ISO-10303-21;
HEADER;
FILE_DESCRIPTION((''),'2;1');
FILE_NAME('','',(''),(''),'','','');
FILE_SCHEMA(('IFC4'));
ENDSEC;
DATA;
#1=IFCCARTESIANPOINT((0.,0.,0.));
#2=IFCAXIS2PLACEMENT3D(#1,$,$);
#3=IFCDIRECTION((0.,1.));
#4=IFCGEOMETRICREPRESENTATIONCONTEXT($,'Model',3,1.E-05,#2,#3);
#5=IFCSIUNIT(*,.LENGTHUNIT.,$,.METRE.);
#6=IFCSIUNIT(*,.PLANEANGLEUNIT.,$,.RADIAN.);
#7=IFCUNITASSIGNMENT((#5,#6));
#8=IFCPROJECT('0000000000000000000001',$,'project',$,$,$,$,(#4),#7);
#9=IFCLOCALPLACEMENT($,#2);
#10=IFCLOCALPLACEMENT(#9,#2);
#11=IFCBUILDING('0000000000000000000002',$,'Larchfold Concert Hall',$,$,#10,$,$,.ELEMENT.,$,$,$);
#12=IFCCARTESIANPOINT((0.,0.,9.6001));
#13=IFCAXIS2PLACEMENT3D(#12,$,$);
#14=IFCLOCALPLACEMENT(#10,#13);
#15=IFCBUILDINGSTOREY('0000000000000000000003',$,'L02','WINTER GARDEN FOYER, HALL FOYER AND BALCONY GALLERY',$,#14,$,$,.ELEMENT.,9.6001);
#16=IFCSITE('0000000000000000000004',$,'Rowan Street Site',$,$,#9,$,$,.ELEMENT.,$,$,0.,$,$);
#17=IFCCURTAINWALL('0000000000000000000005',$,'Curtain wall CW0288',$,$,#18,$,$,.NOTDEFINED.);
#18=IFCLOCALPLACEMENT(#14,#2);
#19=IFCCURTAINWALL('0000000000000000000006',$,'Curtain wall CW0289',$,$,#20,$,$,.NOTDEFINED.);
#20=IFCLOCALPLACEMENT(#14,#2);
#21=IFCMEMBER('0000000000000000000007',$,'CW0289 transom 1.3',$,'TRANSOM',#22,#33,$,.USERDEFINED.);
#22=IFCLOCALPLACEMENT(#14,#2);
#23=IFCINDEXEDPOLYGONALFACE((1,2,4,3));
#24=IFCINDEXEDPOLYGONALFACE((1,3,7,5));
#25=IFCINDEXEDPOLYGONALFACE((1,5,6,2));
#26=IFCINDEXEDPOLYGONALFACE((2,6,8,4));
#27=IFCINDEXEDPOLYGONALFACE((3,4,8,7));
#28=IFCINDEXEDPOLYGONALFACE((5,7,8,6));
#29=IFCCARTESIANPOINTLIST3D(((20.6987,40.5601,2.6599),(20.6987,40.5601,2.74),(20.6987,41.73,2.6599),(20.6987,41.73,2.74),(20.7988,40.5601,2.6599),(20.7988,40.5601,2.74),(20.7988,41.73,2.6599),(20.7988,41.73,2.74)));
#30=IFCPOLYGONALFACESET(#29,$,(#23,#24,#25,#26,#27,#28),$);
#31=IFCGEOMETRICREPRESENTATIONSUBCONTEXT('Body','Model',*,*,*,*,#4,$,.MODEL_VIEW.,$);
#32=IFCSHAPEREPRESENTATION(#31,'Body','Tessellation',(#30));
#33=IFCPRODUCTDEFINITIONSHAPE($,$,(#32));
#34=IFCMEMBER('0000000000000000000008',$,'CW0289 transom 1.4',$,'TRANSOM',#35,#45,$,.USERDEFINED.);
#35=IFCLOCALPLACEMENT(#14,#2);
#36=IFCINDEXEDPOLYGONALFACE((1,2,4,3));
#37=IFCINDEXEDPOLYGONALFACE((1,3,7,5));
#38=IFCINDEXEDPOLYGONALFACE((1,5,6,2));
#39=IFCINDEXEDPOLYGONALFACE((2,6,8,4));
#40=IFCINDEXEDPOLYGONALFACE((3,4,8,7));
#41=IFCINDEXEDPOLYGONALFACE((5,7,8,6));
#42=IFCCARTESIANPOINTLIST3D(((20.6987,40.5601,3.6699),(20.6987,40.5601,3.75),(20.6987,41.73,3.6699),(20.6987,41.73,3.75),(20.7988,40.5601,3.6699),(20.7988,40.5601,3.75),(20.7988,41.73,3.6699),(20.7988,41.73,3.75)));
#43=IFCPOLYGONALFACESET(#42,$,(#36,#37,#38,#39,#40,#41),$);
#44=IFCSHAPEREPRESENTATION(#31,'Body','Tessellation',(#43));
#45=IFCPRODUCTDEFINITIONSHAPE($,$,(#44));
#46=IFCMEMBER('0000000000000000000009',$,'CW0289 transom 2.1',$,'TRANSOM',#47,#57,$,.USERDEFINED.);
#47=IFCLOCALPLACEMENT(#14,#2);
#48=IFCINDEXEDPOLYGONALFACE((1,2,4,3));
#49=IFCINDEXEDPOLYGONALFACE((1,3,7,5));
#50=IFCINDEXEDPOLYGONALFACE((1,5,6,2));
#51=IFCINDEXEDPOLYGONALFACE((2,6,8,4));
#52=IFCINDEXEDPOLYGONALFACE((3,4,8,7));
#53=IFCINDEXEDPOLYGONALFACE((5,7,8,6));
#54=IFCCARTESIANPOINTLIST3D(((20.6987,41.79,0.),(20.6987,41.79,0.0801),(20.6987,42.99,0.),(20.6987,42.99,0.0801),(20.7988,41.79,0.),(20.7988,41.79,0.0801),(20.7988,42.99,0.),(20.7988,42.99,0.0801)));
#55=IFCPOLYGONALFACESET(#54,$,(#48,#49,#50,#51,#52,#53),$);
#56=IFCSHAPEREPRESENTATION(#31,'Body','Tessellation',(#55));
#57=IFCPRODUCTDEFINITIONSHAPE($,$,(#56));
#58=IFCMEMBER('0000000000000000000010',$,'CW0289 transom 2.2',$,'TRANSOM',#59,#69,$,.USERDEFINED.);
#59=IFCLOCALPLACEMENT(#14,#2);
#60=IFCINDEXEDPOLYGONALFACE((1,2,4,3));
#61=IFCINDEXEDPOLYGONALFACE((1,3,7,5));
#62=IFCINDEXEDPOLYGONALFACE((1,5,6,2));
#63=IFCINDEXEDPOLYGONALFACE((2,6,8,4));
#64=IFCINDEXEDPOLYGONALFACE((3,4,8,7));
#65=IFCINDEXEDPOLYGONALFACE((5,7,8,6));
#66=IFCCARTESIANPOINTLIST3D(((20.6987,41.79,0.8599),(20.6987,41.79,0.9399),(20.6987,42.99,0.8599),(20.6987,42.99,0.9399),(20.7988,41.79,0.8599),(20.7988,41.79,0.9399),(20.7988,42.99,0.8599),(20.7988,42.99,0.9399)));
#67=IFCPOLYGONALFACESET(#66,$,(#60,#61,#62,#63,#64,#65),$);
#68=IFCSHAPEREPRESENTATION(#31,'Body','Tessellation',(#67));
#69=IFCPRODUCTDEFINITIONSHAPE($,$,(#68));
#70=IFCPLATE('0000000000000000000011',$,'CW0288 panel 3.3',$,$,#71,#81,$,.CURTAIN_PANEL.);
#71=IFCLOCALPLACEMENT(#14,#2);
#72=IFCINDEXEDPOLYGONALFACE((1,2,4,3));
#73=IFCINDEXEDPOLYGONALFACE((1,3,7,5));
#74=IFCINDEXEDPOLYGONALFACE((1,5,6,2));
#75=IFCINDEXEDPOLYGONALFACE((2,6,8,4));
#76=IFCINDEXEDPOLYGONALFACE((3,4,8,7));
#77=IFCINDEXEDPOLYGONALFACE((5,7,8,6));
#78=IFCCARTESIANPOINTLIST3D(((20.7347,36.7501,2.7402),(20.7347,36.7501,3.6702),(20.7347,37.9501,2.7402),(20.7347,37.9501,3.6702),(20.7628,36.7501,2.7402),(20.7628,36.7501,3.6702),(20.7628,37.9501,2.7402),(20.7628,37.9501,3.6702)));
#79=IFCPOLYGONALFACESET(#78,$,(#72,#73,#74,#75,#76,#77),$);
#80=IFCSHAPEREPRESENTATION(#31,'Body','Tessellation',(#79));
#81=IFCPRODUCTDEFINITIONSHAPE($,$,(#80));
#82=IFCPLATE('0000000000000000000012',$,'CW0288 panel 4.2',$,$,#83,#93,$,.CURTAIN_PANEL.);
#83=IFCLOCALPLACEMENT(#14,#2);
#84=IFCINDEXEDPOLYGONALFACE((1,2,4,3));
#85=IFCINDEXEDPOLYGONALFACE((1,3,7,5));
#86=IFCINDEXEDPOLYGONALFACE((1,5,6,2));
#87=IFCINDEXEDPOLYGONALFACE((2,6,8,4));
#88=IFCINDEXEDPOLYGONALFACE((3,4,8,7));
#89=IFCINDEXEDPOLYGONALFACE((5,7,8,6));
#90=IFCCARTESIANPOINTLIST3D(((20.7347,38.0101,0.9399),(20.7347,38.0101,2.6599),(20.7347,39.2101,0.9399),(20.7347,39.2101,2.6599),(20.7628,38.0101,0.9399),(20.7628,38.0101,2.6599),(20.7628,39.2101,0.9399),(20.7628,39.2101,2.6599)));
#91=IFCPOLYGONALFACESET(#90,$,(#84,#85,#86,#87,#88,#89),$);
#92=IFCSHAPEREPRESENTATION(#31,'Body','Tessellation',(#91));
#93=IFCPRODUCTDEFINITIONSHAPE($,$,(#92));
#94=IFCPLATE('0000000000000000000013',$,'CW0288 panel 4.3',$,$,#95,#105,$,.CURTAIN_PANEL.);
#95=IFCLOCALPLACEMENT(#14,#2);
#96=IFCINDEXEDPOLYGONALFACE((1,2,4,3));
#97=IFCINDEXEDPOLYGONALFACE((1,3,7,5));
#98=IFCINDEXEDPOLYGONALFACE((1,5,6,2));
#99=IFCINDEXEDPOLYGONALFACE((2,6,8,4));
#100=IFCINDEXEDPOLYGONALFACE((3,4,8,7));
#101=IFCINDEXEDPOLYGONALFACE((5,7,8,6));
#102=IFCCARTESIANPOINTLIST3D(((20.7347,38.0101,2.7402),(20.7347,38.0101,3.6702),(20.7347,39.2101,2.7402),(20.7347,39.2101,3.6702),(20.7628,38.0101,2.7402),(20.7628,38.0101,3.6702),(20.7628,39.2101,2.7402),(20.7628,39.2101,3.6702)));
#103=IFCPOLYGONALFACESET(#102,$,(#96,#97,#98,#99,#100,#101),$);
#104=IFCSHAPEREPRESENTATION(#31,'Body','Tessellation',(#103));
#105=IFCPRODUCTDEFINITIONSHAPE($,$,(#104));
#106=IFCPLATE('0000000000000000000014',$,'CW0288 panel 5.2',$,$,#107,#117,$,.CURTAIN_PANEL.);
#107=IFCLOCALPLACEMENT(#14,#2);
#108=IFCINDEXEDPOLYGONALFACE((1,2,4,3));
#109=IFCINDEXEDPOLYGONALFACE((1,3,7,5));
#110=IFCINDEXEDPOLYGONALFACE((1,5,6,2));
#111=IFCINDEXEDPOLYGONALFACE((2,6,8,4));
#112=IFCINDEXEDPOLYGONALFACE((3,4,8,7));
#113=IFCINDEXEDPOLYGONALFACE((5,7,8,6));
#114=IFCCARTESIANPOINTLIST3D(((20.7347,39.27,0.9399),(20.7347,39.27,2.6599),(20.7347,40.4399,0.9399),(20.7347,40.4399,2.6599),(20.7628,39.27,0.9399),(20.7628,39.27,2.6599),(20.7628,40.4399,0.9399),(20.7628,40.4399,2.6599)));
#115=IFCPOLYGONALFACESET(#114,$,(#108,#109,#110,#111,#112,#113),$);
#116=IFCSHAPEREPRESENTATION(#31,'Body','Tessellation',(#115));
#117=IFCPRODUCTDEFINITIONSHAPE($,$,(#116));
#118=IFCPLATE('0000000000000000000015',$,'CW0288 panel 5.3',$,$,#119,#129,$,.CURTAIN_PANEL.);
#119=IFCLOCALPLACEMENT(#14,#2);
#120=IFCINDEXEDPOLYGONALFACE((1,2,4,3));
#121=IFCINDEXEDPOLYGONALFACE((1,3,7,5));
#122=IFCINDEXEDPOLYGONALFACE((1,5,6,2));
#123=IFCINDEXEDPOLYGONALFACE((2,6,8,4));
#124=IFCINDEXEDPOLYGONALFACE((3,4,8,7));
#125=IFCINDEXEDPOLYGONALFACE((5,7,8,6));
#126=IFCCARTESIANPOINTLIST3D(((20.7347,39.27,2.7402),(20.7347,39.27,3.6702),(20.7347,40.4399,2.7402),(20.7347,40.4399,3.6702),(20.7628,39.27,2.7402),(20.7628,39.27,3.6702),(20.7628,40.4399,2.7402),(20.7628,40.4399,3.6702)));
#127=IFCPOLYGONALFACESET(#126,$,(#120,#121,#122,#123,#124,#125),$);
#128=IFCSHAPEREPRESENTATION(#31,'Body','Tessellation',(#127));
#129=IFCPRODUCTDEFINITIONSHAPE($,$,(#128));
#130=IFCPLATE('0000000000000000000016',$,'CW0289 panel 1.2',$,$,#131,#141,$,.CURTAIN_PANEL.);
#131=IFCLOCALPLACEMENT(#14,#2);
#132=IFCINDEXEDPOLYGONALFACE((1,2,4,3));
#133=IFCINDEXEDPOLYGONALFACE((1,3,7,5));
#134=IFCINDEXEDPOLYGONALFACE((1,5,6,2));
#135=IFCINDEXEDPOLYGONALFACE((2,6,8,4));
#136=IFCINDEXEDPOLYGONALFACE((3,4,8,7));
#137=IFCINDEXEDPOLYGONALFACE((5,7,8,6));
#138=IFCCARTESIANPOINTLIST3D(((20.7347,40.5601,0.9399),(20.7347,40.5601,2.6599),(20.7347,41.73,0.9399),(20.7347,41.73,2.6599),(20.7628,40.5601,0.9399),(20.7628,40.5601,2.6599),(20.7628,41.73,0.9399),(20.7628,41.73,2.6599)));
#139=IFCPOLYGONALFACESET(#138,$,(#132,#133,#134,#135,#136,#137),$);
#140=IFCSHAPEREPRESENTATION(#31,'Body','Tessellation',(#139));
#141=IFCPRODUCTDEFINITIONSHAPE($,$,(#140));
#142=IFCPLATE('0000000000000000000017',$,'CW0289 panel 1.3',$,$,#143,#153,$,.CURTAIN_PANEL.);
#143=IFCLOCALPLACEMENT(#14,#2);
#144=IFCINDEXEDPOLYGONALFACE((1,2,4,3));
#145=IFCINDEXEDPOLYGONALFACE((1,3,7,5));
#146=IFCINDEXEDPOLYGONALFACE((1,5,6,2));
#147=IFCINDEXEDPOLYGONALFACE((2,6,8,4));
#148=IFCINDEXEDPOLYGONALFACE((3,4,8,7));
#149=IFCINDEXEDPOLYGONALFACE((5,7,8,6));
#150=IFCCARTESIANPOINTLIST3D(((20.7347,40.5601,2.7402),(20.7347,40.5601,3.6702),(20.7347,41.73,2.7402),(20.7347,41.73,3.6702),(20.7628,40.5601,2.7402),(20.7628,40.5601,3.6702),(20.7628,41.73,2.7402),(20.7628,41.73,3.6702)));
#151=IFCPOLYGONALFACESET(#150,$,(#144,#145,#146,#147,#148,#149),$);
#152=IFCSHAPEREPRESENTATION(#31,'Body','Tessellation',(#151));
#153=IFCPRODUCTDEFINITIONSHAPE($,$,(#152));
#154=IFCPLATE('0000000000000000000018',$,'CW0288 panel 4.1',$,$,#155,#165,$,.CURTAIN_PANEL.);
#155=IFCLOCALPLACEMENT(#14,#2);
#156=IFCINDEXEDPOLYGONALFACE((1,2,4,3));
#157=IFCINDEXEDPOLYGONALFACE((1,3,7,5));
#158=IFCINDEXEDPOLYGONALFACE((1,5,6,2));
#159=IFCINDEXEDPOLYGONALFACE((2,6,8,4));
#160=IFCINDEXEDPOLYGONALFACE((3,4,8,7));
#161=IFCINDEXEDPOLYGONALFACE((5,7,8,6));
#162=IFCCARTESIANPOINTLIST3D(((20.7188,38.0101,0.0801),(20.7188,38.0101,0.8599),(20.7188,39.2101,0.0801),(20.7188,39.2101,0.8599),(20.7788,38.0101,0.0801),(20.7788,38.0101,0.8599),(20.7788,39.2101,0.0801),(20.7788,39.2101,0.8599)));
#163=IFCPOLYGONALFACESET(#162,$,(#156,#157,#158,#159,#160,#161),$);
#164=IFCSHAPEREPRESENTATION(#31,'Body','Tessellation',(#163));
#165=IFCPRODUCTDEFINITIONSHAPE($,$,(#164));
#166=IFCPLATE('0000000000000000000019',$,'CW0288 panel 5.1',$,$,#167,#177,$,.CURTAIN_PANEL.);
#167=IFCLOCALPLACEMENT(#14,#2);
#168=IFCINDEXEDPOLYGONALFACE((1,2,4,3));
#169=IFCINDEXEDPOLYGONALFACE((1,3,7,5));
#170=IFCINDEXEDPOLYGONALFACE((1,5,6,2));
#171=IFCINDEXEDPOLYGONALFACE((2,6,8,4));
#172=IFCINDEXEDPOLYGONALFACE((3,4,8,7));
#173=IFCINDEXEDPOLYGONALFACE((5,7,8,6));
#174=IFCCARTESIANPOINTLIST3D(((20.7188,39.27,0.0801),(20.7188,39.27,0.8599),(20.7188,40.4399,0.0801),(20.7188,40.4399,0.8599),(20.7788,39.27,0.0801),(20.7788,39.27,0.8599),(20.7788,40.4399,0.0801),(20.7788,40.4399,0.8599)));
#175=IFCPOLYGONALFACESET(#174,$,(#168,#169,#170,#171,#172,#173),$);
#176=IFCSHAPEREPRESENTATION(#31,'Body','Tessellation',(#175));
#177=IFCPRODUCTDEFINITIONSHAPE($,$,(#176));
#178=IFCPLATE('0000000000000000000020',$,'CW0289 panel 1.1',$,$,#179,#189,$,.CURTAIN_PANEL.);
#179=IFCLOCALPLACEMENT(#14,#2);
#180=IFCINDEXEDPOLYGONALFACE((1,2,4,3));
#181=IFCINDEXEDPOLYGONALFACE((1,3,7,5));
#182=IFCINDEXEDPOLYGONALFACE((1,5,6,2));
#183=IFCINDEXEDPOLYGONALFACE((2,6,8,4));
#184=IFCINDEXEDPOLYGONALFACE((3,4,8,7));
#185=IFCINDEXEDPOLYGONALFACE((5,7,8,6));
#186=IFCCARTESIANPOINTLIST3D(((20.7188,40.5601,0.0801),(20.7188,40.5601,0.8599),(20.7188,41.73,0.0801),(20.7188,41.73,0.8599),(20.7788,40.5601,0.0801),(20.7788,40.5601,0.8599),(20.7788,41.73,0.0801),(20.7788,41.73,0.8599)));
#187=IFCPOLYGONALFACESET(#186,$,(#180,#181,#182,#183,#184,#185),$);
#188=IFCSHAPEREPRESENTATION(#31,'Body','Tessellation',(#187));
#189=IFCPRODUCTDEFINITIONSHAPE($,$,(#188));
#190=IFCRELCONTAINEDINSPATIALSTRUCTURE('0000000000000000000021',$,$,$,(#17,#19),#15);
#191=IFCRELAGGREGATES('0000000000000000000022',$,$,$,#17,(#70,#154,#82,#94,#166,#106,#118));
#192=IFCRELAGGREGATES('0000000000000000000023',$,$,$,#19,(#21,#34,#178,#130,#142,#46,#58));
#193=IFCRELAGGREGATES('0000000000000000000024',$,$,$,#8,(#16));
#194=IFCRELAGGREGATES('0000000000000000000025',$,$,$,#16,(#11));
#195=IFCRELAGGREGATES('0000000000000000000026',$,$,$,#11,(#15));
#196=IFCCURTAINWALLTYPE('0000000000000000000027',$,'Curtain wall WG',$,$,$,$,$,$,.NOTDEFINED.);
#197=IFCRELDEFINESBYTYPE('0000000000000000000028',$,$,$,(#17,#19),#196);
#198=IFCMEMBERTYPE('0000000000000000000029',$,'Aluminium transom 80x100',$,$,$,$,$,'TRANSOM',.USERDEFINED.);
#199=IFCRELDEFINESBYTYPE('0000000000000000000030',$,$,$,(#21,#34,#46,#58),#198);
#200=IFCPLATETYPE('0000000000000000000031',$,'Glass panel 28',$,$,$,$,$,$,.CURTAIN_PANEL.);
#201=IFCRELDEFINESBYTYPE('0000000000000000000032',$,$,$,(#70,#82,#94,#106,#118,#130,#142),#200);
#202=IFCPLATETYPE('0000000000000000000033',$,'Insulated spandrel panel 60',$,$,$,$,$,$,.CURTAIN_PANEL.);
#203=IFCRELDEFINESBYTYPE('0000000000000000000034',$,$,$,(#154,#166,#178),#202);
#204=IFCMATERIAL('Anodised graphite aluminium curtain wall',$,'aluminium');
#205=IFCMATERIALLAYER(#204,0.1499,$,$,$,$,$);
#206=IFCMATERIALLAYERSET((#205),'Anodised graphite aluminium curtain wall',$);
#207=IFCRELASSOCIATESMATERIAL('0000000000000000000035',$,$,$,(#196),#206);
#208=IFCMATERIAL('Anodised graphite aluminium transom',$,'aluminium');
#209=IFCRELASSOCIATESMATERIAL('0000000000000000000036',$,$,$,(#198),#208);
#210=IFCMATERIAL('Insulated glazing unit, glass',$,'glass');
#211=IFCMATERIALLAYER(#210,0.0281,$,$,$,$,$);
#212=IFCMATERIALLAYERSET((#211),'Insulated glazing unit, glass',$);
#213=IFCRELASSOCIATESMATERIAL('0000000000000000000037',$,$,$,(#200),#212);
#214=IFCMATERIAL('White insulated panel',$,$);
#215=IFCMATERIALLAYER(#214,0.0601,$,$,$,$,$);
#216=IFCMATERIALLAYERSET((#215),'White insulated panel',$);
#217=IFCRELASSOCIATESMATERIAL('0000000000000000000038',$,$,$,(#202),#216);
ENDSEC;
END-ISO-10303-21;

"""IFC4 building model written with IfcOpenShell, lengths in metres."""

from ifc_helpers import new_model, si_unit, direction, frame, origin, origin_2d, place, context, subcontext, project, spatial, rectangle, extrude, material, layer, layer_set, material_profile, profile_set, type_object, element, aggregate, save


model = new_model("IFC4")

# Units and contexts
model_context = context("Model", 3, precision=1e-05, world=origin(), true_north=direction((0.0, 1.0)))
body_context = subcontext(model_context, "Body", "Model", "MODEL_VIEW")
ifc_project = project(units=[si_unit("LENGTHUNIT", "METRE"), si_unit("PLANEANGLEUNIT", "RADIAN")], contexts=[model_context])

# Site, building, storey
site_placement = place(None, origin())
site = spatial("IfcSite", under=ifc_project, at=site_placement, Name="Rowan Street Site", CompositionType="ELEMENT", RefElevation=0.0)
building_placement = place(site_placement, origin())
building = spatial("IfcBuilding", under=site, at=building_placement, Name="Larchfold Concert Hall", CompositionType="ELEMENT")
storey_placement = place(building_placement, frame((0.0, 0.0, 9.6001)))
storey = spatial("IfcBuildingStorey", under=building, at=storey_placement, Name="L02", Description="WINTER GARDEN FOYER, HALL FOYER AND BALCONY GALLERY", CompositionType="ELEMENT", Elevation=9.6001)

# Curtain walls
ifc_material_1 = material(Name="Anodised graphite aluminium curtain wall", Category="aluminium")
ifc_layer_1 = layer(ifc_material_1, 0.1499)
ifc_layer_set_1 = layer_set([ifc_layer_1], Name="Anodised graphite aluminium curtain wall")
curtain_wall_type = type_object("IfcCurtainWallType", Name="Curtain wall WG", PredefinedType="NOTDEFINED", material=ifc_layer_set_1)
curtain_wall_1_placement = place(storey_placement, origin())
curtain_wall_1 = element("IfcCurtainWall", 1, at=curtain_wall_1_placement, inside=storey, type_object=curtain_wall_type, Name="Curtain wall CW0288", PredefinedType="NOTDEFINED")
curtain_wall_2_placement = place(storey_placement, origin())
curtain_wall_2 = element("IfcCurtainWall", 2, at=curtain_wall_2_placement, inside=storey, type_object=curtain_wall_type, Name="Curtain wall CW0289", PredefinedType="NOTDEFINED")

# Members
ifc_material_2 = material(Name="Anodised graphite aluminium transom", Category="aluminium")
ifc_material_profile_1 = material_profile(ifc_material_2, rectangle(XDim=0.1001, YDim=0.0801, at=origin_2d()))
ifc_profile_set_1 = profile_set([ifc_material_profile_1], Name="Anodised graphite aluminium transom")
member_type_1 = type_object("IfcMemberType", Name="Aluminium transom 80x100", ElementType="TRANSOM", PredefinedType="USERDEFINED", material=ifc_profile_set_1)
member_1_placement = place(storey_placement, frame((20.7488, 40.5601, 2.7), z_axis=(0.0, 1.0, 0.0), x_axis=(-1.0, 0.0, 0.0)))
member_1 = element("IfcMember", 3, at=member_1_placement, type_object=member_type_1, Name="CW0289 transom 1.3", ObjectType="TRANSOM", PredefinedType="USERDEFINED", context=body_context, shape_type="SweptSolid", body=[
    extrude(rectangle(XDim=0.1001, YDim=0.0801, at=origin_2d()), origin(), (0.0, 0.0, 1.0), 1.1699),
])
member_2_placement = place(storey_placement, frame((20.7488, 40.5601, 3.71), z_axis=(0.0, 1.0, 0.0), x_axis=(-1.0, 0.0, 0.0)))
member_2 = element("IfcMember", 4, at=member_2_placement, type_object=member_type_1, Name="CW0289 transom 1.4", ObjectType="TRANSOM", PredefinedType="USERDEFINED", context=body_context, shape_type="SweptSolid", body=[
    extrude(rectangle(XDim=0.1001, YDim=0.0801, at=origin_2d()), origin(), (0.0, 0.0, 1.0), 1.1699),
])
member_3_placement = place(storey_placement, frame((20.7488, 41.79, 0.04), z_axis=(0.0, 1.0, 0.0), x_axis=(-1.0, 0.0, 0.0)))
member_3 = element("IfcMember", 5, at=member_3_placement, type_object=member_type_1, Name="CW0289 transom 2.1", ObjectType="TRANSOM", PredefinedType="USERDEFINED", context=body_context, shape_type="SweptSolid", body=[
    extrude(rectangle(XDim=0.1001, YDim=0.0801, at=origin_2d()), origin(), (0.0, 0.0, 1.0), 1.2),
])
member_4_placement = place(storey_placement, frame((20.7488, 41.79, 0.8999), z_axis=(0.0, 1.0, 0.0), x_axis=(-1.0, 0.0, 0.0)))
member_4 = element("IfcMember", 6, at=member_4_placement, type_object=member_type_1, Name="CW0289 transom 2.2", ObjectType="TRANSOM", PredefinedType="USERDEFINED", context=body_context, shape_type="SweptSolid", body=[
    extrude(rectangle(XDim=0.1001, YDim=0.0801, at=origin_2d()), origin(), (0.0, 0.0, 1.0), 1.2),
])

# Plates
ifc_material_3 = material(Name="Insulated glazing unit, glass", Category="glass")
ifc_layer_2 = layer(ifc_material_3, 0.0281)
ifc_layer_set_2 = layer_set([ifc_layer_2], Name="Insulated glazing unit, glass")
plate_type_1 = type_object("IfcPlateType", Name="Glass panel 28", PredefinedType="CURTAIN_PANEL", material=ifc_layer_set_2)
plate_1_placement = place(storey_placement, frame((20.7488, 37.3501, 2.7402), z_axis=(0.0, 0.0, 1.0), x_axis=(0.0, 1.0, 0.0)))
plate_1 = element("IfcPlate", 7, at=plate_1_placement, type_object=plate_type_1, Name="CW0288 panel 3.3", PredefinedType="CURTAIN_PANEL", context=body_context, shape_type="SweptSolid", body=[
    extrude(rectangle(XDim=1.2, YDim=0.0281, at=origin_2d()), origin(), (0.0, 0.0, 1.0), 0.9299),
])
plate_2_placement = place(storey_placement, frame((20.7488, 38.6101, 0.9399), z_axis=(0.0, 0.0, 1.0), x_axis=(0.0, 1.0, 0.0)))
plate_2 = element("IfcPlate", 8, at=plate_2_placement, type_object=plate_type_1, Name="CW0288 panel 4.2", PredefinedType="CURTAIN_PANEL", context=body_context, shape_type="SweptSolid", body=[
    extrude(rectangle(XDim=1.2, YDim=0.0281, at=origin_2d()), origin(), (0.0, 0.0, 1.0), 1.72),
])
plate_3_placement = place(storey_placement, frame((20.7488, 38.6101, 2.7402), z_axis=(0.0, 0.0, 1.0), x_axis=(0.0, 1.0, 0.0)))
plate_3 = element("IfcPlate", 9, at=plate_3_placement, type_object=plate_type_1, Name="CW0288 panel 4.3", PredefinedType="CURTAIN_PANEL", context=body_context, shape_type="SweptSolid", body=[
    extrude(rectangle(XDim=1.2, YDim=0.0281, at=origin_2d()), origin(), (0.0, 0.0, 1.0), 0.9299),
])
plate_4_placement = place(storey_placement, frame((20.7488, 39.855, 0.9399), z_axis=(0.0, 0.0, 1.0), x_axis=(0.0, 1.0, 0.0)))
plate_4 = element("IfcPlate", 10, at=plate_4_placement, type_object=plate_type_1, Name="CW0288 panel 5.2", PredefinedType="CURTAIN_PANEL", context=body_context, shape_type="SweptSolid", body=[
    extrude(rectangle(XDim=1.1699, YDim=0.0281, at=origin_2d()), origin(), (0.0, 0.0, 1.0), 1.72),
])
plate_5_placement = place(storey_placement, frame((20.7488, 39.855, 2.7402), z_axis=(0.0, 0.0, 1.0), x_axis=(0.0, 1.0, 0.0)))
plate_5 = element("IfcPlate", 11, at=plate_5_placement, type_object=plate_type_1, Name="CW0288 panel 5.3", PredefinedType="CURTAIN_PANEL", context=body_context, shape_type="SweptSolid", body=[
    extrude(rectangle(XDim=1.1699, YDim=0.0281, at=origin_2d()), origin(), (0.0, 0.0, 1.0), 0.9299),
])
plate_6_placement = place(storey_placement, frame((20.7488, 41.145, 0.9399), z_axis=(0.0, 0.0, 1.0), x_axis=(0.0, 1.0, 0.0)))
plate_6 = element("IfcPlate", 12, at=plate_6_placement, type_object=plate_type_1, Name="CW0289 panel 1.2", PredefinedType="CURTAIN_PANEL", context=body_context, shape_type="SweptSolid", body=[
    extrude(rectangle(XDim=1.1699, YDim=0.0281, at=origin_2d()), origin(), (0.0, 0.0, 1.0), 1.72),
])
plate_7_placement = place(storey_placement, frame((20.7488, 41.145, 2.7402), z_axis=(0.0, 0.0, 1.0), x_axis=(0.0, 1.0, 0.0)))
plate_7 = element("IfcPlate", 13, at=plate_7_placement, type_object=plate_type_1, Name="CW0289 panel 1.3", PredefinedType="CURTAIN_PANEL", context=body_context, shape_type="SweptSolid", body=[
    extrude(rectangle(XDim=1.1699, YDim=0.0281, at=origin_2d()), origin(), (0.0, 0.0, 1.0), 0.9299),
])
ifc_material_4 = material(Name="White insulated panel")
ifc_layer_3 = layer(ifc_material_4, 0.0601)
ifc_layer_set_3 = layer_set([ifc_layer_3], Name="White insulated panel")
plate_type_2 = type_object("IfcPlateType", Name="Insulated spandrel panel 60", PredefinedType="CURTAIN_PANEL", material=ifc_layer_set_3)
plate_8_placement = place(storey_placement, frame((20.7488, 38.6101, 0.0801), z_axis=(0.0, 0.0, 1.0), x_axis=(0.0, 1.0, 0.0)))
plate_8 = element("IfcPlate", 14, at=plate_8_placement, type_object=plate_type_2, Name="CW0288 panel 4.1", PredefinedType="CURTAIN_PANEL", context=body_context, shape_type="SweptSolid", body=[
    extrude(rectangle(XDim=1.2, YDim=0.0601, at=origin_2d()), origin(), (0.0, 0.0, 1.0), 0.7798),
])
plate_9_placement = place(storey_placement, frame((20.7488, 39.855, 0.0801), z_axis=(0.0, 0.0, 1.0), x_axis=(0.0, 1.0, 0.0)))
plate_9 = element("IfcPlate", 15, at=plate_9_placement, type_object=plate_type_2, Name="CW0288 panel 5.1", PredefinedType="CURTAIN_PANEL", context=body_context, shape_type="SweptSolid", body=[
    extrude(rectangle(XDim=1.1699, YDim=0.0601, at=origin_2d()), origin(), (0.0, 0.0, 1.0), 0.7798),
])
aggregate(curtain_wall_1, [plate_1, plate_8, plate_2, plate_3, plate_9, plate_4, plate_5])
plate_10_placement = place(storey_placement, frame((20.7488, 41.145, 0.0801), z_axis=(0.0, 0.0, 1.0), x_axis=(0.0, 1.0, 0.0)))
plate_10 = element("IfcPlate", 16, at=plate_10_placement, type_object=plate_type_2, Name="CW0289 panel 1.1", PredefinedType="CURTAIN_PANEL", context=body_context, shape_type="SweptSolid", body=[
    extrude(rectangle(XDim=1.1699, YDim=0.0601, at=origin_2d()), origin(), (0.0, 0.0, 1.0), 0.7798),
])
aggregate(curtain_wall_2, [member_1, member_2, plate_10, plate_6, plate_7, member_3, member_4])

save(model, "model.ifc")
